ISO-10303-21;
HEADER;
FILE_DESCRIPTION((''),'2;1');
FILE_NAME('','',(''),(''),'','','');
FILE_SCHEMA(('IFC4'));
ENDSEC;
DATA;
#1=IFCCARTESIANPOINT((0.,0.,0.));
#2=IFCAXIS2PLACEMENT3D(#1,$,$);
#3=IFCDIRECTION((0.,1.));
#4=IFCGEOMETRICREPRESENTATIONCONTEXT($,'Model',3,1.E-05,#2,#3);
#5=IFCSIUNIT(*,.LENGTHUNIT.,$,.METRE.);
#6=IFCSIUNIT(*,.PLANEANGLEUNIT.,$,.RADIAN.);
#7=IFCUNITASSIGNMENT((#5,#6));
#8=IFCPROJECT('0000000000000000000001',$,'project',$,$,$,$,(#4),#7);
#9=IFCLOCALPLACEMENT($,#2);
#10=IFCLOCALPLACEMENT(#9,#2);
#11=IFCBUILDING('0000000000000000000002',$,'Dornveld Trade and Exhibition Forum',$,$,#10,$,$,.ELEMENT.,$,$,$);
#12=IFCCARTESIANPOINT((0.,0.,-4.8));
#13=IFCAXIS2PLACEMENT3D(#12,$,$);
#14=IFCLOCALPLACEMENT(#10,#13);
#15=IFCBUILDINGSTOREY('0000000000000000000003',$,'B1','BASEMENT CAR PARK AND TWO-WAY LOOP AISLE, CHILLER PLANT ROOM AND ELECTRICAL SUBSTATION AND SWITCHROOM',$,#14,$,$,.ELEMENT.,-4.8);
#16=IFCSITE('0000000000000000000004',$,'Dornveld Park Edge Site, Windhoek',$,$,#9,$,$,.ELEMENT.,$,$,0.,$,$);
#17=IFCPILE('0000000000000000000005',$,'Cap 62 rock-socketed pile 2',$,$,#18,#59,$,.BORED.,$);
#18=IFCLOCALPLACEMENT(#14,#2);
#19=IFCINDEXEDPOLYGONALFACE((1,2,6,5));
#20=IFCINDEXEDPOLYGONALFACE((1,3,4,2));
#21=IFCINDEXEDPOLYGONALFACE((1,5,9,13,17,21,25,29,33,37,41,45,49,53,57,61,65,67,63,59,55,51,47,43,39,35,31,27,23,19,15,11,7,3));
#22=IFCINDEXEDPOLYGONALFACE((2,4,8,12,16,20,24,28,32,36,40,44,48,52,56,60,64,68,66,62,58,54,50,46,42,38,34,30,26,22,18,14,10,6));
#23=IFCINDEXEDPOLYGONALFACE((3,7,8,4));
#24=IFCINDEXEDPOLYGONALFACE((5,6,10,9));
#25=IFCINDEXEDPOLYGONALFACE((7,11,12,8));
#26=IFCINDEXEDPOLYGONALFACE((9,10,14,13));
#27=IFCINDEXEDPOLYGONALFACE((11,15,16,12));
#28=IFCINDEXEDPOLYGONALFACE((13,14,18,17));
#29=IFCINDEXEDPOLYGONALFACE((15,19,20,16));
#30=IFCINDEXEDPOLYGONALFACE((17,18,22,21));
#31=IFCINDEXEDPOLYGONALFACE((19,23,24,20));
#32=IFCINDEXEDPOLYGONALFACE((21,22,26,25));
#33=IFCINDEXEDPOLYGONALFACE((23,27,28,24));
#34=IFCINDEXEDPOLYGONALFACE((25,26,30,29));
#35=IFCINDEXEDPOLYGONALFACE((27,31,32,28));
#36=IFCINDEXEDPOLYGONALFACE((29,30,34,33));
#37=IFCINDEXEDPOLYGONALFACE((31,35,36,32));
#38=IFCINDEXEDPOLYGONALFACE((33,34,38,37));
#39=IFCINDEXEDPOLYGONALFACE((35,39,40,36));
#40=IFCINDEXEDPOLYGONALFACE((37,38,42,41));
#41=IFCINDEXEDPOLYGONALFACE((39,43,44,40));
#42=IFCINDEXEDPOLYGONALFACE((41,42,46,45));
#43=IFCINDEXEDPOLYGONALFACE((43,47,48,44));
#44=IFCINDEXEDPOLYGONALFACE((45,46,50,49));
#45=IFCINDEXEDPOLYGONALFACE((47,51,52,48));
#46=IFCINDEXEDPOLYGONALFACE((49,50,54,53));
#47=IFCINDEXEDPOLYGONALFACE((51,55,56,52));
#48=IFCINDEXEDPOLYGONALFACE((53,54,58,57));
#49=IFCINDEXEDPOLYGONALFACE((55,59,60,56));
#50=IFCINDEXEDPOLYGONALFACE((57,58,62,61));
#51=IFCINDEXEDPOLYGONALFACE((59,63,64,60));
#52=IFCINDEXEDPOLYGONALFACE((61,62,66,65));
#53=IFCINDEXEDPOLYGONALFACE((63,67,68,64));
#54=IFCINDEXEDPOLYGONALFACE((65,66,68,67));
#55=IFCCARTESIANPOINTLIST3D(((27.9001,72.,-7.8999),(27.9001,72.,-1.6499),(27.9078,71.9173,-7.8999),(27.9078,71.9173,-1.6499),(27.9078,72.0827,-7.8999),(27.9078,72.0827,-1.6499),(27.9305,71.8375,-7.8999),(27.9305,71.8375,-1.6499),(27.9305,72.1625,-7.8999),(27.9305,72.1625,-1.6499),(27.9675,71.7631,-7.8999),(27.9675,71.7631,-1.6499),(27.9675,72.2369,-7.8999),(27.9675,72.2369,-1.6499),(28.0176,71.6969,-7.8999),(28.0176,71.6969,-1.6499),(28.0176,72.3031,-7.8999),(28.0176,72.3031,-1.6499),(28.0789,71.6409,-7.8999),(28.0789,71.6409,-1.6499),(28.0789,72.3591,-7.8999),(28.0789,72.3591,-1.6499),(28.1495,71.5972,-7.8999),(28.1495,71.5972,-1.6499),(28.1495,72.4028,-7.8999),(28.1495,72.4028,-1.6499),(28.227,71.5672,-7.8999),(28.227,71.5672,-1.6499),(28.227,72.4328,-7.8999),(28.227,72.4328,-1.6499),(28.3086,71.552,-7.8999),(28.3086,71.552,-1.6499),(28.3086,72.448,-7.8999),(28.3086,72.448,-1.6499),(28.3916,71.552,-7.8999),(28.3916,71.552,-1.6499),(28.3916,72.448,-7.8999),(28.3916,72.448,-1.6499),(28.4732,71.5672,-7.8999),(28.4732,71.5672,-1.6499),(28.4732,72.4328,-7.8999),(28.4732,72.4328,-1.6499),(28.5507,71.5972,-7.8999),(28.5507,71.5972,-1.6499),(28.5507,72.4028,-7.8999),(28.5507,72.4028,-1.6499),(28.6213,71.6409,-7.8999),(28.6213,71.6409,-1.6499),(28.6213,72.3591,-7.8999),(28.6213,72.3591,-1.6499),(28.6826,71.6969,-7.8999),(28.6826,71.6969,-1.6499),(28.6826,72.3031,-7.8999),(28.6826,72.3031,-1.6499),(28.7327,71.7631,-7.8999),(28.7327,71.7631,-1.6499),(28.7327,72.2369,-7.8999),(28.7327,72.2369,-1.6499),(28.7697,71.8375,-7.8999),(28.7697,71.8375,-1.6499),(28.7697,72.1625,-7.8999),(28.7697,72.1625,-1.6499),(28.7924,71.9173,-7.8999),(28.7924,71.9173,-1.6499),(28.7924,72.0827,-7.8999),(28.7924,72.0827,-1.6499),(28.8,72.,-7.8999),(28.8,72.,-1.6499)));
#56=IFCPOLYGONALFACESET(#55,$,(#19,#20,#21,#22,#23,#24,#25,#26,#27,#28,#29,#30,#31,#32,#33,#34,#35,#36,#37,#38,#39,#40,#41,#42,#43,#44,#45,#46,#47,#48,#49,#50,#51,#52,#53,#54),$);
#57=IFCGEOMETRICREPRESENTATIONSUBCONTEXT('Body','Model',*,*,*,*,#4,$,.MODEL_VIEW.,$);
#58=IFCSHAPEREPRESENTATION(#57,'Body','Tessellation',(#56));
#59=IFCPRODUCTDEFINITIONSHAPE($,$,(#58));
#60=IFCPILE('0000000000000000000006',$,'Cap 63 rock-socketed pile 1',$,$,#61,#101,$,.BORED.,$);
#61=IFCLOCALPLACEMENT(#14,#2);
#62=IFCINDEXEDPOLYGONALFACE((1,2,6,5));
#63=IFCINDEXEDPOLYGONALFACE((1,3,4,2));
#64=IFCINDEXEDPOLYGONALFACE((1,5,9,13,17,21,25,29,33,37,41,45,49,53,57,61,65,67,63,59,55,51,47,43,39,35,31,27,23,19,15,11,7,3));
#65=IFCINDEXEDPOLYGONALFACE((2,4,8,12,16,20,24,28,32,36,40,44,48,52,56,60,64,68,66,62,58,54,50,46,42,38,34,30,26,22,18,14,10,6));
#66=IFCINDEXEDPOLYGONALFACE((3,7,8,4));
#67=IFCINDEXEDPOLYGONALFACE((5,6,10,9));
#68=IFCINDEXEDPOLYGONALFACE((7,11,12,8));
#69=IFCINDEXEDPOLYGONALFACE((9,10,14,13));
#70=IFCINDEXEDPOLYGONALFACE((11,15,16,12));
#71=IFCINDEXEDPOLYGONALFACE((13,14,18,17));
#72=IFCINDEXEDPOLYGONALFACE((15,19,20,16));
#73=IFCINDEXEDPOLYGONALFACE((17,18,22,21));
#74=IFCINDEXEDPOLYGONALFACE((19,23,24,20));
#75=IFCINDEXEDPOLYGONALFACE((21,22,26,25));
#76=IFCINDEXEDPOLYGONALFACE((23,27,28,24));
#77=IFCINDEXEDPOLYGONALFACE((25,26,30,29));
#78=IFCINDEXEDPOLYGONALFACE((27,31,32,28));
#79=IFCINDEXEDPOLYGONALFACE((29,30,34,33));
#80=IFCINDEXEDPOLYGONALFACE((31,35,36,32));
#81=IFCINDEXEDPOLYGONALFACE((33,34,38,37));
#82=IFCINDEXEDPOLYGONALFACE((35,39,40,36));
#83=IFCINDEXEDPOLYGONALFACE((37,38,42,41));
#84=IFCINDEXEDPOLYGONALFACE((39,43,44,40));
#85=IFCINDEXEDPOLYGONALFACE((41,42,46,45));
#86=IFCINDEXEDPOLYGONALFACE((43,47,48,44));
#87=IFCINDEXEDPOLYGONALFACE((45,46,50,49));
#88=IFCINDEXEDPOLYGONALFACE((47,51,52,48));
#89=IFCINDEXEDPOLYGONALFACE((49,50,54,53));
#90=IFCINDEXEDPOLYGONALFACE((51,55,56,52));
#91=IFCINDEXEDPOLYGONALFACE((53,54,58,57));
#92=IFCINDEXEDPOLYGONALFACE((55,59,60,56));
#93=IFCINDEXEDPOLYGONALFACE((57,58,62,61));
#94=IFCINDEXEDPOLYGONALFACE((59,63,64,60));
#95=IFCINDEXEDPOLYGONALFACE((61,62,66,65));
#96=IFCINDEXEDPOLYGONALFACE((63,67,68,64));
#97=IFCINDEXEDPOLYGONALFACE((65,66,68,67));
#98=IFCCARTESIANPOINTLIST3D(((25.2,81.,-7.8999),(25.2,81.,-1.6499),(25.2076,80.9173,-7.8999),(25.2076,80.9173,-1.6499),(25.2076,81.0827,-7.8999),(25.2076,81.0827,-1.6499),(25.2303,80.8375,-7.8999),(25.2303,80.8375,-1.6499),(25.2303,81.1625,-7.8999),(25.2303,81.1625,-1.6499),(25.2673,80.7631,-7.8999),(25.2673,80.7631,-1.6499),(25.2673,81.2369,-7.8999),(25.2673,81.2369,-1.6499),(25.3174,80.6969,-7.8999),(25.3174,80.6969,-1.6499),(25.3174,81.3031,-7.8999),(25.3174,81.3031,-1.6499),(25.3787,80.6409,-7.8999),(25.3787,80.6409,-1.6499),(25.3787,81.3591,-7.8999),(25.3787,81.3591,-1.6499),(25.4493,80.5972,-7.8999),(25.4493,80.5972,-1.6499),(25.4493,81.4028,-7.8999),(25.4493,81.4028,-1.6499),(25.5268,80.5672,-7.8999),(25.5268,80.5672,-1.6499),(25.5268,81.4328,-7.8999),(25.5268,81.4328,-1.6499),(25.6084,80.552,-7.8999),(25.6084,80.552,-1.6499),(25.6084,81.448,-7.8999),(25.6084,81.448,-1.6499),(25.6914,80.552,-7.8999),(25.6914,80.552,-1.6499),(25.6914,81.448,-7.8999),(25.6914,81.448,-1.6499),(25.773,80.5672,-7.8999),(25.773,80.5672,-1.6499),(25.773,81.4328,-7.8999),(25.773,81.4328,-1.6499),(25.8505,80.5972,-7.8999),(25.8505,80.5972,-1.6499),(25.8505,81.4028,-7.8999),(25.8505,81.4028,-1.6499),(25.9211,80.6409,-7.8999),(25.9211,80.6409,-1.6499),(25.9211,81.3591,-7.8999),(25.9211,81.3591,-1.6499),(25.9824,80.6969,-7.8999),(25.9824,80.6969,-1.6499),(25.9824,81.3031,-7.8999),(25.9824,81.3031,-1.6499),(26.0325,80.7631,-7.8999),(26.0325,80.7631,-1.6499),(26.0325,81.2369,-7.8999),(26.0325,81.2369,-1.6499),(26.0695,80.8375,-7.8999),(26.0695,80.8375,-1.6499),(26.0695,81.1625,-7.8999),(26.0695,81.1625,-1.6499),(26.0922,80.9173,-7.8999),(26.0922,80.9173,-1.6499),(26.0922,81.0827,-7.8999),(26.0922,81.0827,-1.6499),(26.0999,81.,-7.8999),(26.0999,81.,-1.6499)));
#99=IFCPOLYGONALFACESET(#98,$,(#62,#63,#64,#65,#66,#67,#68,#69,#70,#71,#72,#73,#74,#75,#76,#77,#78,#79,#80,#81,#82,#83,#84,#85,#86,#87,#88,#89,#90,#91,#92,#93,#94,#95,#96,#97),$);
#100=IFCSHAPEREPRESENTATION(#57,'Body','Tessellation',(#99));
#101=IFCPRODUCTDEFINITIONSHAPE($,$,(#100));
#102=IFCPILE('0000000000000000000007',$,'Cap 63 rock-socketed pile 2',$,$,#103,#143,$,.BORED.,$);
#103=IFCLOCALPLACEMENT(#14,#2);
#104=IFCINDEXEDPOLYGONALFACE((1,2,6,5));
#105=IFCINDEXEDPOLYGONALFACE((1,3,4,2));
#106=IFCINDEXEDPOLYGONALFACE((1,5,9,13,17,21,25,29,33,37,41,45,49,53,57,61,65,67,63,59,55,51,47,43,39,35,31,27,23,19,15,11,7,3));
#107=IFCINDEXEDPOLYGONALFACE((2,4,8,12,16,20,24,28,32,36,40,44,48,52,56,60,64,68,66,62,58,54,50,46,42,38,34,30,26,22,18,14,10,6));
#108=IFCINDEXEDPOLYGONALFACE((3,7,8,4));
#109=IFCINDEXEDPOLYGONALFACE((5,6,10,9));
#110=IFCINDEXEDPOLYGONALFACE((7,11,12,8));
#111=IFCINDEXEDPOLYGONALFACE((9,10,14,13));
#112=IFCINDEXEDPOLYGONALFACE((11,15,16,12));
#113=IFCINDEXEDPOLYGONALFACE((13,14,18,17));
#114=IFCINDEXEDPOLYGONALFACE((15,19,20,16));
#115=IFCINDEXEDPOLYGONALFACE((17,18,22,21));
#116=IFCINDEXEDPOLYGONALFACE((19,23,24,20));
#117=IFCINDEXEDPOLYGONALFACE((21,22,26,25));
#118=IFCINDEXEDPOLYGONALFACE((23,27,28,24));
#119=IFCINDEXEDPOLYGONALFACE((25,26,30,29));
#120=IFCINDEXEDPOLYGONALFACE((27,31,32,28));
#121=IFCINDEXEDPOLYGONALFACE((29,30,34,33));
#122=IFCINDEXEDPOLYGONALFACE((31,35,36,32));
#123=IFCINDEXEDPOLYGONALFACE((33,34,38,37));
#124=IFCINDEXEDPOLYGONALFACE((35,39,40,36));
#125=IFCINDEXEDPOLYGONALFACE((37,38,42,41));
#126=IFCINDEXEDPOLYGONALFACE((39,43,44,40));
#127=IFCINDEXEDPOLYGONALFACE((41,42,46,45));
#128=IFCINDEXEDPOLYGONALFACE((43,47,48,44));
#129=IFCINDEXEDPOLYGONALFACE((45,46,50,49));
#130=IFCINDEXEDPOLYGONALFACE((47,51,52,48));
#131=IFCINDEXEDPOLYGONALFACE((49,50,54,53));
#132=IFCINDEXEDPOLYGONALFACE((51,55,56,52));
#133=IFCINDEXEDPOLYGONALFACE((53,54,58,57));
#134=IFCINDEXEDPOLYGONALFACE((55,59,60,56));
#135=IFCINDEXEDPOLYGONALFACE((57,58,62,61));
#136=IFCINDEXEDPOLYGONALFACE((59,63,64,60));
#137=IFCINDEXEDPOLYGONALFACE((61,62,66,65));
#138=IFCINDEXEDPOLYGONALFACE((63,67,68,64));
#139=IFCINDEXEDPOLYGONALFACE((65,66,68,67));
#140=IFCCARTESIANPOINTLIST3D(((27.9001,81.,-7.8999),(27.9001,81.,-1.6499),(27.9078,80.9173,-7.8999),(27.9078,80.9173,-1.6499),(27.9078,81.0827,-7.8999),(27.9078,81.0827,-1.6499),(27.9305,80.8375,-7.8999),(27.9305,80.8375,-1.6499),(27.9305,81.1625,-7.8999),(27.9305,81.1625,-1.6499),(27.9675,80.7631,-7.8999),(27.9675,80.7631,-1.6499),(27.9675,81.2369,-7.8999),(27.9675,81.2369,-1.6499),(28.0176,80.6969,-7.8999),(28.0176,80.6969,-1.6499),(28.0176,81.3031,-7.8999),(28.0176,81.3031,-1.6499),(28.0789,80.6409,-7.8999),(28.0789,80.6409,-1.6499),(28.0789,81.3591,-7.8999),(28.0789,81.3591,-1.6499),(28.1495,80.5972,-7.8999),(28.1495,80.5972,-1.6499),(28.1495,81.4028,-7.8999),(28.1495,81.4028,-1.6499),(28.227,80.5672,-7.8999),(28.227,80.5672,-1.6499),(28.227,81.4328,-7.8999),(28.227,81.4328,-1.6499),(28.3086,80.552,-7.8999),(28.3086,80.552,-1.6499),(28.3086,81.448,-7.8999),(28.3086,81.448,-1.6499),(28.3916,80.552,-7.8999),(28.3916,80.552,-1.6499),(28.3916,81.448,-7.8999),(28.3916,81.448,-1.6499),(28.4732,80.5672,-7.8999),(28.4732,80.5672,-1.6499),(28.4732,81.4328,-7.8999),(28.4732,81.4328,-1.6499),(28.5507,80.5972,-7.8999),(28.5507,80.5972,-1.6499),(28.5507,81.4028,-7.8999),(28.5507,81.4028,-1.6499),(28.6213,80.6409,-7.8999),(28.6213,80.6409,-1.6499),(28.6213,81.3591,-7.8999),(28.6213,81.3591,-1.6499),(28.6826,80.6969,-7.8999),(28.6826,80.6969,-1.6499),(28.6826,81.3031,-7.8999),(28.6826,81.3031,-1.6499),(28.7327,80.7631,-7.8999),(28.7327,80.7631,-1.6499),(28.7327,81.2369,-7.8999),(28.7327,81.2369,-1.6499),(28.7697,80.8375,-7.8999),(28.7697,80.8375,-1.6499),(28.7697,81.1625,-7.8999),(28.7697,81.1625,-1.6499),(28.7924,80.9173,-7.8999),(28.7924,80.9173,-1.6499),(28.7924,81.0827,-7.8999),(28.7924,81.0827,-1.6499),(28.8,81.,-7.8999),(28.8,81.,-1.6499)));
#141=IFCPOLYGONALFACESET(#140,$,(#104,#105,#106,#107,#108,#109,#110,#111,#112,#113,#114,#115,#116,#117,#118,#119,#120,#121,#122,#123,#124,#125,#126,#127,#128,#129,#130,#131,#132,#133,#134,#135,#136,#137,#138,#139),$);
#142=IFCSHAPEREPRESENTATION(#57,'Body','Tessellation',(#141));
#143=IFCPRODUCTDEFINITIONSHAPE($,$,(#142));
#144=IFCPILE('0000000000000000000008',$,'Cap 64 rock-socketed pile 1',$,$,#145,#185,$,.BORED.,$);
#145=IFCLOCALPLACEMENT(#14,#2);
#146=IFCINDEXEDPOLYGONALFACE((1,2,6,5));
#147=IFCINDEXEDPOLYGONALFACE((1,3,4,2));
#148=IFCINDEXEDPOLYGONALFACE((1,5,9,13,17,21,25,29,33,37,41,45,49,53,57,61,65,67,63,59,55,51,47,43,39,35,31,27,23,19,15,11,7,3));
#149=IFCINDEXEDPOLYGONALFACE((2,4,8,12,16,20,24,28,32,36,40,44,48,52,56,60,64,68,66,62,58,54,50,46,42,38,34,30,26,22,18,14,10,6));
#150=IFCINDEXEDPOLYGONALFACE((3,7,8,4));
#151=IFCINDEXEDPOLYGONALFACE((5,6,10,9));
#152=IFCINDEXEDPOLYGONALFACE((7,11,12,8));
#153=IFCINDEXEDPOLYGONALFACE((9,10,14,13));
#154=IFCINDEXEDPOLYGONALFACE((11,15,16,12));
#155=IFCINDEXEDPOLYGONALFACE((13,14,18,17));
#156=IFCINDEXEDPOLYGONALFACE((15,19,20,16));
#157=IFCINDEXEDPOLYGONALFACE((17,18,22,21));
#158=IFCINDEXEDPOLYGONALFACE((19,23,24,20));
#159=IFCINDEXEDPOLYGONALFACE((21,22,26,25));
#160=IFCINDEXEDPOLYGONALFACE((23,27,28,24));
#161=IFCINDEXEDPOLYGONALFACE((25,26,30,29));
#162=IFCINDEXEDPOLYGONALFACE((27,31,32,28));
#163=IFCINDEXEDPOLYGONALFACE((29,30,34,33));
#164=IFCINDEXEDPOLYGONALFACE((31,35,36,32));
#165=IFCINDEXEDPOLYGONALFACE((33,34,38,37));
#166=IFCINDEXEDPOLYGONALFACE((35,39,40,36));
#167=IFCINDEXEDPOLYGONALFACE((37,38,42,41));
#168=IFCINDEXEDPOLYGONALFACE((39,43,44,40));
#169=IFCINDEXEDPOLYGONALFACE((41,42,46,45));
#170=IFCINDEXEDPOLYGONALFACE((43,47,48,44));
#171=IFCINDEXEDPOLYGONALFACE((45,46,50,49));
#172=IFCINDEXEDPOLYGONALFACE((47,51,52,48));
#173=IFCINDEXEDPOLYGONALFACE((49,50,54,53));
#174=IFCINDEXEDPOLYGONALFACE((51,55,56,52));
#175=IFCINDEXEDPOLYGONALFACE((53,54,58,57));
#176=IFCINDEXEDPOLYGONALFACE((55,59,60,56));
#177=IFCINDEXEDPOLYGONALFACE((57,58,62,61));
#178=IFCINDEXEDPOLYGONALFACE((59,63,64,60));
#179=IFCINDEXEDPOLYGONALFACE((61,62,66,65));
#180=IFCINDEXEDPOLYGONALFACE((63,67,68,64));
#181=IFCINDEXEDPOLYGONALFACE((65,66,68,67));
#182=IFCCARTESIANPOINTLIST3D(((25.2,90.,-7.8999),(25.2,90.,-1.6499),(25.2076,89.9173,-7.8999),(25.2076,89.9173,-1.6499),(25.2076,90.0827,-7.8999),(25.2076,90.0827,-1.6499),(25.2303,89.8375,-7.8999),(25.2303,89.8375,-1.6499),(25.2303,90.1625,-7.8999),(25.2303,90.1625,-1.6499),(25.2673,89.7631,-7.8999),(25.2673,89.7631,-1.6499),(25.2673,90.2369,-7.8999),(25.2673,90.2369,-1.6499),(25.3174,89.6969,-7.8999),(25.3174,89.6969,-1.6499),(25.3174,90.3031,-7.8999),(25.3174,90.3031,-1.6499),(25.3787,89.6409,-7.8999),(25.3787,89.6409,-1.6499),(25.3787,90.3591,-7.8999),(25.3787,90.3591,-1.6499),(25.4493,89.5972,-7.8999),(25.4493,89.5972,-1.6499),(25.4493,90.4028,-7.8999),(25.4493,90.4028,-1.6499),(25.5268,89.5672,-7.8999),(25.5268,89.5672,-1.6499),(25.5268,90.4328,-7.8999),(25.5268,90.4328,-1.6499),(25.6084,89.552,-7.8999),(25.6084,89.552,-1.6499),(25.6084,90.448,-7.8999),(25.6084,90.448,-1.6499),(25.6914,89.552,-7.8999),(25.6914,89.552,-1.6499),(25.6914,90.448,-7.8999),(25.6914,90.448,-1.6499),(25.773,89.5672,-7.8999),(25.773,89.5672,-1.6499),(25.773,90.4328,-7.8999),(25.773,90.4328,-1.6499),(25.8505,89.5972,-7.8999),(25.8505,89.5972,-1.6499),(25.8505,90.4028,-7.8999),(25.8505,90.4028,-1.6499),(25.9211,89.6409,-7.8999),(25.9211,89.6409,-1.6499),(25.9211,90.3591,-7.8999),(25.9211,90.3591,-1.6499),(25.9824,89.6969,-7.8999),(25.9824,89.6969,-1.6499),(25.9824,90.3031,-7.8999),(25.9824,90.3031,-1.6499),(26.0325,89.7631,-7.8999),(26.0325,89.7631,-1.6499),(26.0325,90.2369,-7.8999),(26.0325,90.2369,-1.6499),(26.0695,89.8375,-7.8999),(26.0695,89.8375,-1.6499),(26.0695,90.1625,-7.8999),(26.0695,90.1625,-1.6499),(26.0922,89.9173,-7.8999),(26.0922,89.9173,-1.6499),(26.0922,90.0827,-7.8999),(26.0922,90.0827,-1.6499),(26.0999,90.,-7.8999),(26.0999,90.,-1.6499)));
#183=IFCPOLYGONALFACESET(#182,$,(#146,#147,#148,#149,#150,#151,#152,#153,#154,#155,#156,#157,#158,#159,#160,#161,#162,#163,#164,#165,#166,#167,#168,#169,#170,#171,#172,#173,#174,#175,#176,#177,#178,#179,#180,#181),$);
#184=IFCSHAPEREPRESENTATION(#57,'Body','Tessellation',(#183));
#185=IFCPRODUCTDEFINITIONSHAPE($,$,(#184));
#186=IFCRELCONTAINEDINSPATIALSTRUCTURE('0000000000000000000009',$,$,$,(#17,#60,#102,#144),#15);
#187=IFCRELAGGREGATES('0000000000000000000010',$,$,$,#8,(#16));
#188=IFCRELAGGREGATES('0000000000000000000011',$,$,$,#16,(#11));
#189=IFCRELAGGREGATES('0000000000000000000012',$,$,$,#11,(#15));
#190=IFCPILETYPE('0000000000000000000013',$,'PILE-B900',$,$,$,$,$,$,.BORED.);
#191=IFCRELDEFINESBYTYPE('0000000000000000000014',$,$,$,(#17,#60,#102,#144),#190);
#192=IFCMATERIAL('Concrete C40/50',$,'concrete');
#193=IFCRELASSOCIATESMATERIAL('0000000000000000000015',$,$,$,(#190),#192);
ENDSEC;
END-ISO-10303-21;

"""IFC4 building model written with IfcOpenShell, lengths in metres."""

from ifc_helpers import new_model, si_unit, direction, frame, origin, origin_2d, place, context, subcontext, project, spatial, circle, extrude, material, material_profile, profile_set, type_object, element, save


model = new_model("IFC4")

# Units and contexts
model_context = context("Model", 3, precision=1e-05, world=origin(), true_north=direction((0.0, 1.0)))
body_context = subcontext(model_context, "Body", "Model", "MODEL_VIEW")
ifc_project = project(units=[si_unit("LENGTHUNIT", "METRE"), si_unit("PLANEANGLEUNIT", "RADIAN")], contexts=[model_context])

# Site, building, storey
site_placement = place(None, origin())
site = spatial("IfcSite", under=ifc_project, at=site_placement, Name="Dornveld Park Edge Site, Windhoek", CompositionType="ELEMENT", RefElevation=0.0)
building_placement = place(site_placement, origin())
building = spatial("IfcBuilding", under=site, at=building_placement, Name="Dornveld Trade and Exhibition Forum", CompositionType="ELEMENT")
storey_placement = place(building_placement, frame((0.0, 0.0, -4.8)))
storey = spatial("IfcBuildingStorey", under=building, at=storey_placement, Name="B1", Description="BASEMENT CAR PARK AND TWO-WAY LOOP AISLE, CHILLER PLANT ROOM AND ELECTRICAL SUBSTATION AND SWITCHROOM", CompositionType="ELEMENT", Elevation=-4.8)

# Piles
ifc_material_1 = material(Name="Concrete C40/50", Category="concrete")
ifc_material_profile_1 = material_profile(ifc_material_1, circle(Radius=0.45, at=origin_2d()), Name="PILE D900")
ifc_profile_set_1 = profile_set([ifc_material_profile_1], Name="Concrete C40/50")
pile_type_1 = type_object("IfcPileType", Name="PILE-B900", PredefinedType="BORED", material=ifc_profile_set_1)
for number, where, z_axis, x_axis, name in (
    (1, (28.3501, 72.0, -1.6499), (0.0, 0.0, -1.0), (1.0, 0.0, 0.0), "Cap 62 rock-socketed pile 2"),
    (2, (25.6499, 81.0, -1.6499), (0.0, 0.0, -1.0), (1.0, 0.0, 0.0), "Cap 63 rock-socketed pile 1"),
    (3, (28.3501, 81.0, -1.6499), (0.0, 0.0, -1.0), (1.0, 0.0, 0.0), "Cap 63 rock-socketed pile 2"),
    (4, (25.6499, 90.0, -1.6499), (0.0, 0.0, -1.0), (1.0, 0.0, 0.0), "Cap 64 rock-socketed pile 1"),
):
    element("IfcPile", number, at=place(storey_placement, frame(where, z_axis=z_axis, x_axis=x_axis)), inside=storey, type_object=pile_type_1, Name=name, PredefinedType="BORED", context=body_context, shape_type="SweptSolid", body=[
        extrude(circle(Radius=0.45, at=origin_2d()), origin(), (0.0, 0.0, 1.0), 6.25),
    ])

save(model, "model.ifc")
